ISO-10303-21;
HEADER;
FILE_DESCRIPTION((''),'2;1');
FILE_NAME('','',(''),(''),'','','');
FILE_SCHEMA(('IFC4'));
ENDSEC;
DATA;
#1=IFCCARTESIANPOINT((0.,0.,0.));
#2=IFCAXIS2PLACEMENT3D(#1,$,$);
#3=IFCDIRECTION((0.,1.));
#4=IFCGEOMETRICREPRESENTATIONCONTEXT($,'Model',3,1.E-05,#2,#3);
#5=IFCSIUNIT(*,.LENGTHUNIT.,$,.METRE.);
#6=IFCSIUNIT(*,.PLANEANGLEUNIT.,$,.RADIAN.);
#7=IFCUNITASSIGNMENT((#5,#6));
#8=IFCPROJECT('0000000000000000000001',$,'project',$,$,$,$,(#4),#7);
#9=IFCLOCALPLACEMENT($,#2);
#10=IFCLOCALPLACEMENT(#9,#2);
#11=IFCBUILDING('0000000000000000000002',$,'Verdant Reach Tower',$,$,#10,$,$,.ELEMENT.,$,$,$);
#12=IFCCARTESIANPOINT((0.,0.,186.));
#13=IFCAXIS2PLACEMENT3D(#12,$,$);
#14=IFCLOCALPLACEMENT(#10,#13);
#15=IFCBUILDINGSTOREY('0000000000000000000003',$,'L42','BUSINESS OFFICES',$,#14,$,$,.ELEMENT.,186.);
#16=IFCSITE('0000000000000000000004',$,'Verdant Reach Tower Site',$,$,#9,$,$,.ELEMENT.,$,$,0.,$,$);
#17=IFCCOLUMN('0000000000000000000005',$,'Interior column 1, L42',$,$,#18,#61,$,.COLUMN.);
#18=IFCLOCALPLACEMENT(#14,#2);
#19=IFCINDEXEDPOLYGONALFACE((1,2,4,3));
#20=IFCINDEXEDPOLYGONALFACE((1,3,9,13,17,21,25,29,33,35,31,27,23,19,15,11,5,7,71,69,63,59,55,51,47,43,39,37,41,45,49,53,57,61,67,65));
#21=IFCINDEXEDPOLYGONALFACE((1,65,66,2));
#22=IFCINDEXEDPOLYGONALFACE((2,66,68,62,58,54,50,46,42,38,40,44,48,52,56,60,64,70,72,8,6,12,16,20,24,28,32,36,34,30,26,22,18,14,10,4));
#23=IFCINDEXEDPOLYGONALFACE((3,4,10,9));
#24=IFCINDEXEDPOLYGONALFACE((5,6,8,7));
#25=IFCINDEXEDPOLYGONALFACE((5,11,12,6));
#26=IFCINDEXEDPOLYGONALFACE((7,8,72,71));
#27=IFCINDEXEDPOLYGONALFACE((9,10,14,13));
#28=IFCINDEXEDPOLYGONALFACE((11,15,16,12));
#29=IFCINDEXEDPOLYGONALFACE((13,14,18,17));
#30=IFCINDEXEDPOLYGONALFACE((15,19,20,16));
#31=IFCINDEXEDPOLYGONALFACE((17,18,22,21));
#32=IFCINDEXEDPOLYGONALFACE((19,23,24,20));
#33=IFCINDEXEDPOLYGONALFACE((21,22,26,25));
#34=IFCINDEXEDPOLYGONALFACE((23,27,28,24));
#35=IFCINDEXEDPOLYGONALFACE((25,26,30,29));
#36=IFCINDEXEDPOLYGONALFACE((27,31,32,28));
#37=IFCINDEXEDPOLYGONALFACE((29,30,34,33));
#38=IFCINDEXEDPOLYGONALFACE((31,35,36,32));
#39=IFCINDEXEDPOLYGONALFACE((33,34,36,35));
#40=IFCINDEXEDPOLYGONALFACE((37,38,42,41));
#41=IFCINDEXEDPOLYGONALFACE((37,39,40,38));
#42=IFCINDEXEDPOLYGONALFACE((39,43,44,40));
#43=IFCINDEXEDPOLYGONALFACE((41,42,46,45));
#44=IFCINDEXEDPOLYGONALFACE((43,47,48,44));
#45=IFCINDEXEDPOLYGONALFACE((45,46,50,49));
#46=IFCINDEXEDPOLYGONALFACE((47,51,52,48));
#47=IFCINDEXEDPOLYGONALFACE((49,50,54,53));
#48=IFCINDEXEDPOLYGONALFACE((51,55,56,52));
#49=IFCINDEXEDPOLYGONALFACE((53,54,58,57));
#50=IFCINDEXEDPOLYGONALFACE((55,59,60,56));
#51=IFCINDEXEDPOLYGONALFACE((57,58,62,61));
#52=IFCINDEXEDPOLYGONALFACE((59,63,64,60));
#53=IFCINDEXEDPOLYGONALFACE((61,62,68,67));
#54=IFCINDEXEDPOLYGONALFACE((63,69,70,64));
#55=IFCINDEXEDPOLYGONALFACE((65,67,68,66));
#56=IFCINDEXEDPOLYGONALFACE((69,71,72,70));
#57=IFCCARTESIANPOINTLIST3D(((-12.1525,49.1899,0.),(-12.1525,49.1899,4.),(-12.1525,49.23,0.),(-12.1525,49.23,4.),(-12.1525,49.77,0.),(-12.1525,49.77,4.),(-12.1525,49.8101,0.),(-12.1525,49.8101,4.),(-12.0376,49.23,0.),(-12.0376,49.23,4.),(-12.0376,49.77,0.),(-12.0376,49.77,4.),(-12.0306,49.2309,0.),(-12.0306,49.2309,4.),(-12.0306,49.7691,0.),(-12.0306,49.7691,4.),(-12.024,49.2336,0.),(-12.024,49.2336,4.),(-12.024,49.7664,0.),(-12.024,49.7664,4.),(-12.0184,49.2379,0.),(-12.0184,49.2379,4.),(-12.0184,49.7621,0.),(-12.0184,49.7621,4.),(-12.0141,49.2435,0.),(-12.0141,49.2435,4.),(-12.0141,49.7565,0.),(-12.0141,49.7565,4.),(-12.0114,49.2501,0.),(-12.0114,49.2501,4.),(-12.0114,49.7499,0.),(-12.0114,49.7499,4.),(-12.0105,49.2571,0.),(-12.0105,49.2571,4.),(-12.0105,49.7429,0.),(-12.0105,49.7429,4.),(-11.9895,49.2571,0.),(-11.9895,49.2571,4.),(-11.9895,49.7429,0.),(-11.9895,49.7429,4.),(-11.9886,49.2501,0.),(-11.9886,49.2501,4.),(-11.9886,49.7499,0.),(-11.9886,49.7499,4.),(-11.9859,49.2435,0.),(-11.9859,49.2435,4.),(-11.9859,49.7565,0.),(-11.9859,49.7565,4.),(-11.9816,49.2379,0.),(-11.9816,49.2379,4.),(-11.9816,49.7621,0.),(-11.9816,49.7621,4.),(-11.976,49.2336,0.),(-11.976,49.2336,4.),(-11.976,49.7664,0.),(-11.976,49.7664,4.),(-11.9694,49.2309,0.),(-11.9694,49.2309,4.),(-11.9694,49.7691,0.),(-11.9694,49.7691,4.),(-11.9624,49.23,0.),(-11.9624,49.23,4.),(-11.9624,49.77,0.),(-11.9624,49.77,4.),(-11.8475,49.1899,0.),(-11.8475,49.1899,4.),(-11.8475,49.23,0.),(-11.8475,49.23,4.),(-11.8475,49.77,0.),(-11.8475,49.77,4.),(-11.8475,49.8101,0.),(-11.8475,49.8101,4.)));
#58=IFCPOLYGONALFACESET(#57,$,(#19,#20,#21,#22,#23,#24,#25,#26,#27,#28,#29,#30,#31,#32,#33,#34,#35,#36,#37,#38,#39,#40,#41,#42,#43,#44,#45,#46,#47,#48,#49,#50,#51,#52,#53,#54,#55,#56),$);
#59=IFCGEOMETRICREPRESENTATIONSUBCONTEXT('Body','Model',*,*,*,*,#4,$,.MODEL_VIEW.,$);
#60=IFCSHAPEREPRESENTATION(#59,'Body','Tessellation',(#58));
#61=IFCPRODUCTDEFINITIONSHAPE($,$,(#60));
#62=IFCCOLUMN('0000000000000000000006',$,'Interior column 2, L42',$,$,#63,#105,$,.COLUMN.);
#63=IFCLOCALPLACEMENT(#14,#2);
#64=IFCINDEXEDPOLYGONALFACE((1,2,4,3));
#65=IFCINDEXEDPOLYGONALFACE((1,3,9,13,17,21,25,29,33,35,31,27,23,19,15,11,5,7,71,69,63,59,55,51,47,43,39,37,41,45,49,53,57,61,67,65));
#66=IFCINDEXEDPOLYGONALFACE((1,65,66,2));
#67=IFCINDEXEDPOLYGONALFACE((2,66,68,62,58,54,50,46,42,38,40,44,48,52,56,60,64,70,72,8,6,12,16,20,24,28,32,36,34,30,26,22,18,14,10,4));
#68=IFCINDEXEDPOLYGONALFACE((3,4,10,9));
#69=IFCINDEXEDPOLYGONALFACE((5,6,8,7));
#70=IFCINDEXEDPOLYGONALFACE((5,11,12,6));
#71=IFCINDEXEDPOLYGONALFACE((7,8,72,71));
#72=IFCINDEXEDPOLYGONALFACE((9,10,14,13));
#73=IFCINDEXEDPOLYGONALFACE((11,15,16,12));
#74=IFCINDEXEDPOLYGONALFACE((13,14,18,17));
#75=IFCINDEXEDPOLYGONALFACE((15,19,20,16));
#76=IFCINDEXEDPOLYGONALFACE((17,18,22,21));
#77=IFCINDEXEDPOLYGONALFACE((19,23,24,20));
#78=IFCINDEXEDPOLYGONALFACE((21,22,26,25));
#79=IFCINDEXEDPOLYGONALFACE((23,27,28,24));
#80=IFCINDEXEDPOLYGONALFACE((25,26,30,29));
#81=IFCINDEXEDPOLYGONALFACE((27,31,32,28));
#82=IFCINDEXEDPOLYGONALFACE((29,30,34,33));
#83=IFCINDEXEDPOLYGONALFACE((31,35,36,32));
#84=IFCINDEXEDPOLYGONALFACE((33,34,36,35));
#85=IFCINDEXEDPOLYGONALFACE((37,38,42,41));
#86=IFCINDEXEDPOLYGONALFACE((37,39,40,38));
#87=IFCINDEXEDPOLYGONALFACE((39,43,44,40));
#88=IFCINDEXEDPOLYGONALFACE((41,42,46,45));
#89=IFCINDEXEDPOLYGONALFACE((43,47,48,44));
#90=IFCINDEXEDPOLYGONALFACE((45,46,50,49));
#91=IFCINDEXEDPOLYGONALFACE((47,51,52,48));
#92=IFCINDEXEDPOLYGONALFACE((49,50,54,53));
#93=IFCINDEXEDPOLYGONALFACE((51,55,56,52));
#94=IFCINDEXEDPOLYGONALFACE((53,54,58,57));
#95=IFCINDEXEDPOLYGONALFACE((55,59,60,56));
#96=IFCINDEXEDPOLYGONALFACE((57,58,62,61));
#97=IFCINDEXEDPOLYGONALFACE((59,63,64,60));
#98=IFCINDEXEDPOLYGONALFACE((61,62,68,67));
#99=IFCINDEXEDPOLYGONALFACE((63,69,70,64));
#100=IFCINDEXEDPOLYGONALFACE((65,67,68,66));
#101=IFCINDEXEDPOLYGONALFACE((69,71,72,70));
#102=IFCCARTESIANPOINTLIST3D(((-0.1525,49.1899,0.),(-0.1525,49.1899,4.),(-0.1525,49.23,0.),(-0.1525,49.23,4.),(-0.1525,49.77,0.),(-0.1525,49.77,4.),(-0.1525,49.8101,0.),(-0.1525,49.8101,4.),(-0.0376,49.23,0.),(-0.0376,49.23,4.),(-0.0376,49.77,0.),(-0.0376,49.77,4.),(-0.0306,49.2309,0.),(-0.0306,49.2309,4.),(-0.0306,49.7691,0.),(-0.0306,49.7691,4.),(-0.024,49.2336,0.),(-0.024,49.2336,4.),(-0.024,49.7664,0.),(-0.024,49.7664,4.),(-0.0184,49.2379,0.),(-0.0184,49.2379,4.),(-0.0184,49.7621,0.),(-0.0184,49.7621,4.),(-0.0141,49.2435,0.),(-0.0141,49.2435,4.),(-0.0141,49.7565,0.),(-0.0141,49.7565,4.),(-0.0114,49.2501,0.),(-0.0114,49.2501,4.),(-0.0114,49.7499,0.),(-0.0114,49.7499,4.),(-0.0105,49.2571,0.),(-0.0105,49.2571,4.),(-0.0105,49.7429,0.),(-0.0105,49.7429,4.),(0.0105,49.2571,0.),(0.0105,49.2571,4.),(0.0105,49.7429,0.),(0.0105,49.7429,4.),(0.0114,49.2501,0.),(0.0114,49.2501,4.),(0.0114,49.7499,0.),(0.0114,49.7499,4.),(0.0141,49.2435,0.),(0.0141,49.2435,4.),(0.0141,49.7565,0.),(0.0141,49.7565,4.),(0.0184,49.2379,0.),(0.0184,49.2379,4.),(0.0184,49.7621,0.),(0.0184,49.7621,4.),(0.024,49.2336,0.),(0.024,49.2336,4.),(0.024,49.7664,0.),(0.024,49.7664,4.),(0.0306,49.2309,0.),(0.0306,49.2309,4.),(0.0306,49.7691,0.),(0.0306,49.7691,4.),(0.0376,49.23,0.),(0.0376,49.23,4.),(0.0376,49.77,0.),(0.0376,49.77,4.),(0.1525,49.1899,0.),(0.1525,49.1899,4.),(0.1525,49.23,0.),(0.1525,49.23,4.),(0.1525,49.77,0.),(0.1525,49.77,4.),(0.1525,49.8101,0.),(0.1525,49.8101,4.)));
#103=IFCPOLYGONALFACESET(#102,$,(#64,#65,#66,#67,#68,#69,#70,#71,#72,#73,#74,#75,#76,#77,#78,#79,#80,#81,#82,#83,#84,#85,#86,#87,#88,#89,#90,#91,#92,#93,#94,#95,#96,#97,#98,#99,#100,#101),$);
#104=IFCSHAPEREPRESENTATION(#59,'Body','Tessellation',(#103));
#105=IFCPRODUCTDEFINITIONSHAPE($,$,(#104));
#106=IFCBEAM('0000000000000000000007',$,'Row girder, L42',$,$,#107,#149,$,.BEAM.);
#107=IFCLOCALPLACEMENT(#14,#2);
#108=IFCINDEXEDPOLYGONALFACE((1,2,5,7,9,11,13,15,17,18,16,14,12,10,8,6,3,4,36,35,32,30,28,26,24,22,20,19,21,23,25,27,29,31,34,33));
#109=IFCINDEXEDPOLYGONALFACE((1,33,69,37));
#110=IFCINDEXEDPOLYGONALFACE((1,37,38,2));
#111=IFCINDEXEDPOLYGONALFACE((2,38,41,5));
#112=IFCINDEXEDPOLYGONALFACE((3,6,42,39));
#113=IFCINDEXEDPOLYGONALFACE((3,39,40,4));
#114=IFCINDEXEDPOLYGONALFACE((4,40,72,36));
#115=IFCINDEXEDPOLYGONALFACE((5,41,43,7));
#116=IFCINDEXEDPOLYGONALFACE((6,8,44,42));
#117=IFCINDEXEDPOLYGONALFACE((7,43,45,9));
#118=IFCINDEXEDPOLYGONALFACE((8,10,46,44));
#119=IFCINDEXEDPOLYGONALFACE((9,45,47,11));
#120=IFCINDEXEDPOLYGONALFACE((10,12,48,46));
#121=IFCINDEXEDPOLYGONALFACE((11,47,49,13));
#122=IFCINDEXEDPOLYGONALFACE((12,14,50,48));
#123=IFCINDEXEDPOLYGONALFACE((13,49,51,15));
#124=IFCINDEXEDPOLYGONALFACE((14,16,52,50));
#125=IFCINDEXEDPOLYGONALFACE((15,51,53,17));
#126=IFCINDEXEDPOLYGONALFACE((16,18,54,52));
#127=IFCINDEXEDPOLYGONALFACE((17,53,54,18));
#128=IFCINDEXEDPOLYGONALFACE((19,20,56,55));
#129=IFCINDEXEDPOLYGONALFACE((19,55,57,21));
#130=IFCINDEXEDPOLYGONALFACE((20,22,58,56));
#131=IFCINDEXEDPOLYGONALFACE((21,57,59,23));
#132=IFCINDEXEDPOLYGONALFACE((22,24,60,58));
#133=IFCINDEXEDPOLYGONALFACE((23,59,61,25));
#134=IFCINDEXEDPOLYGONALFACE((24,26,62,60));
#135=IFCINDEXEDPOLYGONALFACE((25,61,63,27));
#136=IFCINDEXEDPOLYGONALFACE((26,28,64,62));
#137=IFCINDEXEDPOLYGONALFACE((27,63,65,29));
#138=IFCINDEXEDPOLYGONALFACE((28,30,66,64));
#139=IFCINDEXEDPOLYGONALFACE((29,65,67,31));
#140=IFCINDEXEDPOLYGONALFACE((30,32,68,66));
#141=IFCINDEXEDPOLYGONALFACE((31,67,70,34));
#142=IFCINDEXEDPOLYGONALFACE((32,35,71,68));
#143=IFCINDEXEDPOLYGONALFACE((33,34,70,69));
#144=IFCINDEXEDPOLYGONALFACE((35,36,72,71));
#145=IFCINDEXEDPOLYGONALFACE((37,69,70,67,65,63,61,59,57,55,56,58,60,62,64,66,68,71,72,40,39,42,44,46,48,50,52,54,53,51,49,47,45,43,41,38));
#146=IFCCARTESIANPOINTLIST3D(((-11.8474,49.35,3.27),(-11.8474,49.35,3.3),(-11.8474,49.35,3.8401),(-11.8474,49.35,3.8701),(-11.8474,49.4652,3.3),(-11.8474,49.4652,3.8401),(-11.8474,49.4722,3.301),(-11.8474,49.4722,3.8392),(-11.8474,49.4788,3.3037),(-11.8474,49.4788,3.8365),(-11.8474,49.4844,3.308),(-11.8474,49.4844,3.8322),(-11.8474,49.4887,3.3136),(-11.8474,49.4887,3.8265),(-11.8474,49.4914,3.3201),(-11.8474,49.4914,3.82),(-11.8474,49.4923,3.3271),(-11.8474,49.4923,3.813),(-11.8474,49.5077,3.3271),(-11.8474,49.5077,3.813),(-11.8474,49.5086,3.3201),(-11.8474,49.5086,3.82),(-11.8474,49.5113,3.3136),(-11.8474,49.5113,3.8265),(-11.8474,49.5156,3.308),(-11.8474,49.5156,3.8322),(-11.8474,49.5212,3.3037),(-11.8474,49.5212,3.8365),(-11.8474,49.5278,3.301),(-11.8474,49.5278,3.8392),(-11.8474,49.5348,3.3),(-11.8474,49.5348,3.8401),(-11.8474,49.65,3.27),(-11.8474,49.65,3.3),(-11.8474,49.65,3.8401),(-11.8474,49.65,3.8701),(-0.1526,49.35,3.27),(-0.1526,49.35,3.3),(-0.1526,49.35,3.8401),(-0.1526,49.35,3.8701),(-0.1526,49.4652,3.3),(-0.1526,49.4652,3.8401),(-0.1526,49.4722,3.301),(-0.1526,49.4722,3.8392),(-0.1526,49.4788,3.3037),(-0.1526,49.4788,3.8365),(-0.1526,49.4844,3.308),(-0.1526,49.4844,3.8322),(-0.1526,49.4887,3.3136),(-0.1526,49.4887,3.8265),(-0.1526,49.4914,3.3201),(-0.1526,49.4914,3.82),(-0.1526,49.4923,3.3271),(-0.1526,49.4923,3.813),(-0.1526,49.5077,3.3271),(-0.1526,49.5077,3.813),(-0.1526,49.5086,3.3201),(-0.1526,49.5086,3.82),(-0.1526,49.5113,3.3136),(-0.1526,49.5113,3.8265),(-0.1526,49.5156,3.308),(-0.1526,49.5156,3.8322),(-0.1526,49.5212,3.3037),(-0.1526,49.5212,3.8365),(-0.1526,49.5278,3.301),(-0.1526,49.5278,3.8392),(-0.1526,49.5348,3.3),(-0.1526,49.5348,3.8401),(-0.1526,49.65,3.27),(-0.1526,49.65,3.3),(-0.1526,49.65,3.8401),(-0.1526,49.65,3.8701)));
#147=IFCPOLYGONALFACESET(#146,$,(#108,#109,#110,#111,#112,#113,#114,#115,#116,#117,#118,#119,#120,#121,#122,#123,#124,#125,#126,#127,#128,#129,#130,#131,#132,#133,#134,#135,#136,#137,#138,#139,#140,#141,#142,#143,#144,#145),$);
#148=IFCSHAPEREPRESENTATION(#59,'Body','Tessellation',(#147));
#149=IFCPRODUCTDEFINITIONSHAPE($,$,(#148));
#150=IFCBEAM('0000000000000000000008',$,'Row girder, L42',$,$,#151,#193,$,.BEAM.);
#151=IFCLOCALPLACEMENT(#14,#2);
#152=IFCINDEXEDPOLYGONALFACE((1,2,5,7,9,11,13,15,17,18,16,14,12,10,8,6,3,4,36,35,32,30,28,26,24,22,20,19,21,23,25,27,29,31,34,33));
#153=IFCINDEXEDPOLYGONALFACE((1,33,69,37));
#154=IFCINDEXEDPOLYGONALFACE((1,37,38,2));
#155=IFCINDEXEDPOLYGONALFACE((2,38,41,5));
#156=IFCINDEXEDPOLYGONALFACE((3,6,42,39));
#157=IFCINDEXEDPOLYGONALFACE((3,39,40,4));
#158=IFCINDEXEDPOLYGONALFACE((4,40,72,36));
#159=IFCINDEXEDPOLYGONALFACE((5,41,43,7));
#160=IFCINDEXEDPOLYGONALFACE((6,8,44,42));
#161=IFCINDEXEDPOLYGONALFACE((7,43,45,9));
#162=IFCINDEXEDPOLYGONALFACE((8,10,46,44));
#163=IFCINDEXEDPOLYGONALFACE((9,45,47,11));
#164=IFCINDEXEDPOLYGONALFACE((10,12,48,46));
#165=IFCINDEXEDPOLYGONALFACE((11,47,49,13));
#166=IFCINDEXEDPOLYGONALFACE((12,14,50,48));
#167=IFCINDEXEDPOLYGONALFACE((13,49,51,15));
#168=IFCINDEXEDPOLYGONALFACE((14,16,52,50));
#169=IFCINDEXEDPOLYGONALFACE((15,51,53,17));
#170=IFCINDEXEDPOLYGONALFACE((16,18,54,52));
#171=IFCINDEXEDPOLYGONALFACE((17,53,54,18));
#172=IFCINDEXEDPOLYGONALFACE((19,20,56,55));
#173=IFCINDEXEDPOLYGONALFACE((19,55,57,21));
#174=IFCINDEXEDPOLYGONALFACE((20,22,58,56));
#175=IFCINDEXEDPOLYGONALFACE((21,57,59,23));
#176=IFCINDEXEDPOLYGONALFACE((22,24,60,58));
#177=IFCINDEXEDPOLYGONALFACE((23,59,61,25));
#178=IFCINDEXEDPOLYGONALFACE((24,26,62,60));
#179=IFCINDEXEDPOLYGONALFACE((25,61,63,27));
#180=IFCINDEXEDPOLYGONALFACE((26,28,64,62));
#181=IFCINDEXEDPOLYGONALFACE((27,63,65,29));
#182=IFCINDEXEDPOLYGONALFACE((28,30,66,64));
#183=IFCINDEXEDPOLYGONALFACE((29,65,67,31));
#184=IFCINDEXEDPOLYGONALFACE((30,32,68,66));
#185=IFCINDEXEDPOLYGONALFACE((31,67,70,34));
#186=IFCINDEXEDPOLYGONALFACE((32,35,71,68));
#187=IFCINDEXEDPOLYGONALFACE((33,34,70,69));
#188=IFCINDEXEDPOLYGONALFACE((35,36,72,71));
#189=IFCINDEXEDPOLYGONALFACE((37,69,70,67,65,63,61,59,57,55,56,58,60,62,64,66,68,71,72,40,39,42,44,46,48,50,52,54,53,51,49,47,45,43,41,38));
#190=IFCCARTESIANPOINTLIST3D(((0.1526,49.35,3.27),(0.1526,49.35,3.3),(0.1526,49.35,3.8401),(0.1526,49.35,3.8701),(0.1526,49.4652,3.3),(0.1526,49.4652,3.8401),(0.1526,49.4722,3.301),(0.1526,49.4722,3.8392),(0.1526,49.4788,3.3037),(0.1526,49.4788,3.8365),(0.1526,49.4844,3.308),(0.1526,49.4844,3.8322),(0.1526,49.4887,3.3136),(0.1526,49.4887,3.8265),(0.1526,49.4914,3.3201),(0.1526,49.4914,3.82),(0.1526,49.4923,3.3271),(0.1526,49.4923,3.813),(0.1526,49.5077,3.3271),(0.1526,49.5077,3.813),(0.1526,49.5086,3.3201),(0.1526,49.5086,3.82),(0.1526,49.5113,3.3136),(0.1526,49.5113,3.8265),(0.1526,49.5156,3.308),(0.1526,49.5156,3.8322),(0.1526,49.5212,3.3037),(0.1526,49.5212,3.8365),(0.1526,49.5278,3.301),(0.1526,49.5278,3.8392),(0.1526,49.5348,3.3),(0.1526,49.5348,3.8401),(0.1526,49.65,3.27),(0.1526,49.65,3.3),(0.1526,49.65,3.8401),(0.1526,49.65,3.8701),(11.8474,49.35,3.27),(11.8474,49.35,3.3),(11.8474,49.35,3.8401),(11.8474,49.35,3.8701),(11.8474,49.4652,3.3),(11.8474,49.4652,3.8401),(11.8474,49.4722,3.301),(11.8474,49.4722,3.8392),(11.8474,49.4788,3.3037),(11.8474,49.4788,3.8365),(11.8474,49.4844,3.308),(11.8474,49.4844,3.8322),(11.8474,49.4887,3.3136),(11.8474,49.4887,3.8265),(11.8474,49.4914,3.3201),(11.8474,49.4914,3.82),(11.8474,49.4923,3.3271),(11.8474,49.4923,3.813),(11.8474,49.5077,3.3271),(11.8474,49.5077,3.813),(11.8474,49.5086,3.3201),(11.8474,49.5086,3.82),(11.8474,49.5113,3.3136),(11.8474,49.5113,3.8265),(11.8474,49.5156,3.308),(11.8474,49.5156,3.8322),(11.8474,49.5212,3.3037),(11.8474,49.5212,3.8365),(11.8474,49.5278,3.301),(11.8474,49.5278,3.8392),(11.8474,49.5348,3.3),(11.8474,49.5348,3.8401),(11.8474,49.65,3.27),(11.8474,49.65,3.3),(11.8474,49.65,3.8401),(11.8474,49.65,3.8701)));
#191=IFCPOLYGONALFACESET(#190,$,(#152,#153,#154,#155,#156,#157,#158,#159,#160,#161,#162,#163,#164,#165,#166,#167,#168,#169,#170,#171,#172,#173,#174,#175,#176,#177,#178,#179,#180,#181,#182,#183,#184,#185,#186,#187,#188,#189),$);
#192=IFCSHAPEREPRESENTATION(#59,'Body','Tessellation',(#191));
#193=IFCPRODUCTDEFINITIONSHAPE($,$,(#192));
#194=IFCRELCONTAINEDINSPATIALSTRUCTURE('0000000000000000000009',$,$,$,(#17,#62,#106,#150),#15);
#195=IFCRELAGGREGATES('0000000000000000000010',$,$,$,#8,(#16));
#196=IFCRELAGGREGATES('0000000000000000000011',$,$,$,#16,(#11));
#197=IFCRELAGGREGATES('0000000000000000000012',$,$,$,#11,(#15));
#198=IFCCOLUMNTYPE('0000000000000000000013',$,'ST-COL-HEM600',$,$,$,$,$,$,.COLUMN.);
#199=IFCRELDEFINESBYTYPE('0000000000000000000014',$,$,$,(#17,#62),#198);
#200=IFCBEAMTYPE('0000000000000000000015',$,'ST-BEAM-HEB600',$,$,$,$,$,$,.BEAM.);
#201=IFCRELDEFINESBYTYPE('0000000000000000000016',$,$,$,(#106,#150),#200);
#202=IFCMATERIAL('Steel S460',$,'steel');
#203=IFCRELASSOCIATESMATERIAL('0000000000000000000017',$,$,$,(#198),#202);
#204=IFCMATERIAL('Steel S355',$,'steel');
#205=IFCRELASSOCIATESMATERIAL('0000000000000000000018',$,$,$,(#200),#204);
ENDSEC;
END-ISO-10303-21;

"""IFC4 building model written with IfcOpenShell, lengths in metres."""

from ifc_helpers import new_model, si_unit, direction, frame, origin, origin_2d, place, context, subcontext, project, spatial, i_section, extrude, material, material_profile, profile_set, type_object, element, save


model = new_model("IFC4")

# Units and contexts
model_context = context("Model", 3, precision=1e-05, world=origin(), true_north=direction((0.0, 1.0)))
body_context = subcontext(model_context, "Body", "Model", "MODEL_VIEW")
ifc_project = project(units=[si_unit("LENGTHUNIT", "METRE"), si_unit("PLANEANGLEUNIT", "RADIAN")], contexts=[model_context])

# Site, building, storey
site_placement = place(None, origin())
site = spatial("IfcSite", under=ifc_project, at=site_placement, Name="Verdant Reach Tower Site", CompositionType="ELEMENT", RefElevation=0.0)
building_placement = place(site_placement, origin())
building = spatial("IfcBuilding", under=site, at=building_placement, Name="Verdant Reach Tower", CompositionType="ELEMENT")
storey_placement = place(building_placement, frame((0.0, 0.0, 186.0)))
storey = spatial("IfcBuildingStorey", under=building, at=storey_placement, Name="L42", Description="BUSINESS OFFICES", CompositionType="ELEMENT", Elevation=186.0)

# Columns
ifc_material_1 = material(Name="Steel S460", Category="steel")
ifc_material_profile_1 = material_profile(ifc_material_1, i_section(OverallWidth=0.3049, OverallDepth=0.6201, WebThickness=0.021, FlangeThickness=0.04, FilletRadius=0.0271, at=origin_2d()), Name="HEM 600")
ifc_profile_set_1 = profile_set([ifc_material_profile_1], Name="Steel S460")
column_type = type_object("IfcColumnType", Name="ST-COL-HEM600", PredefinedType="COLUMN", material=ifc_profile_set_1)
for number, where, z_axis, x_axis, name in (
    (1, (-12.0, 49.5, 0.0), (0.0, 0.0, 1.0), (1.0, 0.0, 0.0), "Interior column 1, L42"),
    (2, (0.0, 49.5, 0.0), (0.0, 0.0, 1.0), (1.0, 0.0, 0.0), "Interior column 2, L42"),
):
    element("IfcColumn", number, at=place(storey_placement, frame(where, z_axis=z_axis, x_axis=x_axis)), inside=storey, type_object=column_type, Name=name, PredefinedType="COLUMN", context=body_context, shape_type="SweptSolid", body=[
        extrude(i_section(OverallWidth=0.3049, OverallDepth=0.6201, WebThickness=0.021, FlangeThickness=0.04, FilletRadius=0.0271, at=origin_2d()), origin(), (0.0, 0.0, 1.0), 4.0),
    ])

# Beams
ifc_material_2 = material(Name="Steel S355", Category="steel")
ifc_material_profile_2 = material_profile(ifc_material_2, i_section(OverallWidth=0.3, OverallDepth=0.6001, WebThickness=0.0154, FlangeThickness=0.03, FilletRadius=0.0271, at=origin_2d()), Name="HEB 600")
ifc_profile_set_2 = profile_set([ifc_material_profile_2], Name="Steel S355")
beam_type_1 = type_object("IfcBeamType", Name="ST-BEAM-HEB600", PredefinedType="BEAM", material=ifc_profile_set_2)
for number, where, z_axis, x_axis, name in (
    (3, (-11.8474, 49.5, 3.5701), (1.0, 0.0, 0.0), (0.0, 1.0, 0.0), "Row girder, L42"),
    (4, (0.1526, 49.5, 3.5701), (1.0, 0.0, 0.0), (0.0, 1.0, 0.0), "Row girder, L42"),
):
    element("IfcBeam", number, at=place(storey_placement, frame(where, z_axis=z_axis, x_axis=x_axis)), inside=storey, type_object=beam_type_1, Name=name, PredefinedType="BEAM", context=body_context, shape_type="SweptSolid", body=[
        extrude(i_section(OverallWidth=0.3, OverallDepth=0.6001, WebThickness=0.0154, FlangeThickness=0.03, FilletRadius=0.0271, at=origin_2d()), origin(), (0.0, 0.0, 1.0), 11.6948),
    ])

save(model, "model.ifc")
